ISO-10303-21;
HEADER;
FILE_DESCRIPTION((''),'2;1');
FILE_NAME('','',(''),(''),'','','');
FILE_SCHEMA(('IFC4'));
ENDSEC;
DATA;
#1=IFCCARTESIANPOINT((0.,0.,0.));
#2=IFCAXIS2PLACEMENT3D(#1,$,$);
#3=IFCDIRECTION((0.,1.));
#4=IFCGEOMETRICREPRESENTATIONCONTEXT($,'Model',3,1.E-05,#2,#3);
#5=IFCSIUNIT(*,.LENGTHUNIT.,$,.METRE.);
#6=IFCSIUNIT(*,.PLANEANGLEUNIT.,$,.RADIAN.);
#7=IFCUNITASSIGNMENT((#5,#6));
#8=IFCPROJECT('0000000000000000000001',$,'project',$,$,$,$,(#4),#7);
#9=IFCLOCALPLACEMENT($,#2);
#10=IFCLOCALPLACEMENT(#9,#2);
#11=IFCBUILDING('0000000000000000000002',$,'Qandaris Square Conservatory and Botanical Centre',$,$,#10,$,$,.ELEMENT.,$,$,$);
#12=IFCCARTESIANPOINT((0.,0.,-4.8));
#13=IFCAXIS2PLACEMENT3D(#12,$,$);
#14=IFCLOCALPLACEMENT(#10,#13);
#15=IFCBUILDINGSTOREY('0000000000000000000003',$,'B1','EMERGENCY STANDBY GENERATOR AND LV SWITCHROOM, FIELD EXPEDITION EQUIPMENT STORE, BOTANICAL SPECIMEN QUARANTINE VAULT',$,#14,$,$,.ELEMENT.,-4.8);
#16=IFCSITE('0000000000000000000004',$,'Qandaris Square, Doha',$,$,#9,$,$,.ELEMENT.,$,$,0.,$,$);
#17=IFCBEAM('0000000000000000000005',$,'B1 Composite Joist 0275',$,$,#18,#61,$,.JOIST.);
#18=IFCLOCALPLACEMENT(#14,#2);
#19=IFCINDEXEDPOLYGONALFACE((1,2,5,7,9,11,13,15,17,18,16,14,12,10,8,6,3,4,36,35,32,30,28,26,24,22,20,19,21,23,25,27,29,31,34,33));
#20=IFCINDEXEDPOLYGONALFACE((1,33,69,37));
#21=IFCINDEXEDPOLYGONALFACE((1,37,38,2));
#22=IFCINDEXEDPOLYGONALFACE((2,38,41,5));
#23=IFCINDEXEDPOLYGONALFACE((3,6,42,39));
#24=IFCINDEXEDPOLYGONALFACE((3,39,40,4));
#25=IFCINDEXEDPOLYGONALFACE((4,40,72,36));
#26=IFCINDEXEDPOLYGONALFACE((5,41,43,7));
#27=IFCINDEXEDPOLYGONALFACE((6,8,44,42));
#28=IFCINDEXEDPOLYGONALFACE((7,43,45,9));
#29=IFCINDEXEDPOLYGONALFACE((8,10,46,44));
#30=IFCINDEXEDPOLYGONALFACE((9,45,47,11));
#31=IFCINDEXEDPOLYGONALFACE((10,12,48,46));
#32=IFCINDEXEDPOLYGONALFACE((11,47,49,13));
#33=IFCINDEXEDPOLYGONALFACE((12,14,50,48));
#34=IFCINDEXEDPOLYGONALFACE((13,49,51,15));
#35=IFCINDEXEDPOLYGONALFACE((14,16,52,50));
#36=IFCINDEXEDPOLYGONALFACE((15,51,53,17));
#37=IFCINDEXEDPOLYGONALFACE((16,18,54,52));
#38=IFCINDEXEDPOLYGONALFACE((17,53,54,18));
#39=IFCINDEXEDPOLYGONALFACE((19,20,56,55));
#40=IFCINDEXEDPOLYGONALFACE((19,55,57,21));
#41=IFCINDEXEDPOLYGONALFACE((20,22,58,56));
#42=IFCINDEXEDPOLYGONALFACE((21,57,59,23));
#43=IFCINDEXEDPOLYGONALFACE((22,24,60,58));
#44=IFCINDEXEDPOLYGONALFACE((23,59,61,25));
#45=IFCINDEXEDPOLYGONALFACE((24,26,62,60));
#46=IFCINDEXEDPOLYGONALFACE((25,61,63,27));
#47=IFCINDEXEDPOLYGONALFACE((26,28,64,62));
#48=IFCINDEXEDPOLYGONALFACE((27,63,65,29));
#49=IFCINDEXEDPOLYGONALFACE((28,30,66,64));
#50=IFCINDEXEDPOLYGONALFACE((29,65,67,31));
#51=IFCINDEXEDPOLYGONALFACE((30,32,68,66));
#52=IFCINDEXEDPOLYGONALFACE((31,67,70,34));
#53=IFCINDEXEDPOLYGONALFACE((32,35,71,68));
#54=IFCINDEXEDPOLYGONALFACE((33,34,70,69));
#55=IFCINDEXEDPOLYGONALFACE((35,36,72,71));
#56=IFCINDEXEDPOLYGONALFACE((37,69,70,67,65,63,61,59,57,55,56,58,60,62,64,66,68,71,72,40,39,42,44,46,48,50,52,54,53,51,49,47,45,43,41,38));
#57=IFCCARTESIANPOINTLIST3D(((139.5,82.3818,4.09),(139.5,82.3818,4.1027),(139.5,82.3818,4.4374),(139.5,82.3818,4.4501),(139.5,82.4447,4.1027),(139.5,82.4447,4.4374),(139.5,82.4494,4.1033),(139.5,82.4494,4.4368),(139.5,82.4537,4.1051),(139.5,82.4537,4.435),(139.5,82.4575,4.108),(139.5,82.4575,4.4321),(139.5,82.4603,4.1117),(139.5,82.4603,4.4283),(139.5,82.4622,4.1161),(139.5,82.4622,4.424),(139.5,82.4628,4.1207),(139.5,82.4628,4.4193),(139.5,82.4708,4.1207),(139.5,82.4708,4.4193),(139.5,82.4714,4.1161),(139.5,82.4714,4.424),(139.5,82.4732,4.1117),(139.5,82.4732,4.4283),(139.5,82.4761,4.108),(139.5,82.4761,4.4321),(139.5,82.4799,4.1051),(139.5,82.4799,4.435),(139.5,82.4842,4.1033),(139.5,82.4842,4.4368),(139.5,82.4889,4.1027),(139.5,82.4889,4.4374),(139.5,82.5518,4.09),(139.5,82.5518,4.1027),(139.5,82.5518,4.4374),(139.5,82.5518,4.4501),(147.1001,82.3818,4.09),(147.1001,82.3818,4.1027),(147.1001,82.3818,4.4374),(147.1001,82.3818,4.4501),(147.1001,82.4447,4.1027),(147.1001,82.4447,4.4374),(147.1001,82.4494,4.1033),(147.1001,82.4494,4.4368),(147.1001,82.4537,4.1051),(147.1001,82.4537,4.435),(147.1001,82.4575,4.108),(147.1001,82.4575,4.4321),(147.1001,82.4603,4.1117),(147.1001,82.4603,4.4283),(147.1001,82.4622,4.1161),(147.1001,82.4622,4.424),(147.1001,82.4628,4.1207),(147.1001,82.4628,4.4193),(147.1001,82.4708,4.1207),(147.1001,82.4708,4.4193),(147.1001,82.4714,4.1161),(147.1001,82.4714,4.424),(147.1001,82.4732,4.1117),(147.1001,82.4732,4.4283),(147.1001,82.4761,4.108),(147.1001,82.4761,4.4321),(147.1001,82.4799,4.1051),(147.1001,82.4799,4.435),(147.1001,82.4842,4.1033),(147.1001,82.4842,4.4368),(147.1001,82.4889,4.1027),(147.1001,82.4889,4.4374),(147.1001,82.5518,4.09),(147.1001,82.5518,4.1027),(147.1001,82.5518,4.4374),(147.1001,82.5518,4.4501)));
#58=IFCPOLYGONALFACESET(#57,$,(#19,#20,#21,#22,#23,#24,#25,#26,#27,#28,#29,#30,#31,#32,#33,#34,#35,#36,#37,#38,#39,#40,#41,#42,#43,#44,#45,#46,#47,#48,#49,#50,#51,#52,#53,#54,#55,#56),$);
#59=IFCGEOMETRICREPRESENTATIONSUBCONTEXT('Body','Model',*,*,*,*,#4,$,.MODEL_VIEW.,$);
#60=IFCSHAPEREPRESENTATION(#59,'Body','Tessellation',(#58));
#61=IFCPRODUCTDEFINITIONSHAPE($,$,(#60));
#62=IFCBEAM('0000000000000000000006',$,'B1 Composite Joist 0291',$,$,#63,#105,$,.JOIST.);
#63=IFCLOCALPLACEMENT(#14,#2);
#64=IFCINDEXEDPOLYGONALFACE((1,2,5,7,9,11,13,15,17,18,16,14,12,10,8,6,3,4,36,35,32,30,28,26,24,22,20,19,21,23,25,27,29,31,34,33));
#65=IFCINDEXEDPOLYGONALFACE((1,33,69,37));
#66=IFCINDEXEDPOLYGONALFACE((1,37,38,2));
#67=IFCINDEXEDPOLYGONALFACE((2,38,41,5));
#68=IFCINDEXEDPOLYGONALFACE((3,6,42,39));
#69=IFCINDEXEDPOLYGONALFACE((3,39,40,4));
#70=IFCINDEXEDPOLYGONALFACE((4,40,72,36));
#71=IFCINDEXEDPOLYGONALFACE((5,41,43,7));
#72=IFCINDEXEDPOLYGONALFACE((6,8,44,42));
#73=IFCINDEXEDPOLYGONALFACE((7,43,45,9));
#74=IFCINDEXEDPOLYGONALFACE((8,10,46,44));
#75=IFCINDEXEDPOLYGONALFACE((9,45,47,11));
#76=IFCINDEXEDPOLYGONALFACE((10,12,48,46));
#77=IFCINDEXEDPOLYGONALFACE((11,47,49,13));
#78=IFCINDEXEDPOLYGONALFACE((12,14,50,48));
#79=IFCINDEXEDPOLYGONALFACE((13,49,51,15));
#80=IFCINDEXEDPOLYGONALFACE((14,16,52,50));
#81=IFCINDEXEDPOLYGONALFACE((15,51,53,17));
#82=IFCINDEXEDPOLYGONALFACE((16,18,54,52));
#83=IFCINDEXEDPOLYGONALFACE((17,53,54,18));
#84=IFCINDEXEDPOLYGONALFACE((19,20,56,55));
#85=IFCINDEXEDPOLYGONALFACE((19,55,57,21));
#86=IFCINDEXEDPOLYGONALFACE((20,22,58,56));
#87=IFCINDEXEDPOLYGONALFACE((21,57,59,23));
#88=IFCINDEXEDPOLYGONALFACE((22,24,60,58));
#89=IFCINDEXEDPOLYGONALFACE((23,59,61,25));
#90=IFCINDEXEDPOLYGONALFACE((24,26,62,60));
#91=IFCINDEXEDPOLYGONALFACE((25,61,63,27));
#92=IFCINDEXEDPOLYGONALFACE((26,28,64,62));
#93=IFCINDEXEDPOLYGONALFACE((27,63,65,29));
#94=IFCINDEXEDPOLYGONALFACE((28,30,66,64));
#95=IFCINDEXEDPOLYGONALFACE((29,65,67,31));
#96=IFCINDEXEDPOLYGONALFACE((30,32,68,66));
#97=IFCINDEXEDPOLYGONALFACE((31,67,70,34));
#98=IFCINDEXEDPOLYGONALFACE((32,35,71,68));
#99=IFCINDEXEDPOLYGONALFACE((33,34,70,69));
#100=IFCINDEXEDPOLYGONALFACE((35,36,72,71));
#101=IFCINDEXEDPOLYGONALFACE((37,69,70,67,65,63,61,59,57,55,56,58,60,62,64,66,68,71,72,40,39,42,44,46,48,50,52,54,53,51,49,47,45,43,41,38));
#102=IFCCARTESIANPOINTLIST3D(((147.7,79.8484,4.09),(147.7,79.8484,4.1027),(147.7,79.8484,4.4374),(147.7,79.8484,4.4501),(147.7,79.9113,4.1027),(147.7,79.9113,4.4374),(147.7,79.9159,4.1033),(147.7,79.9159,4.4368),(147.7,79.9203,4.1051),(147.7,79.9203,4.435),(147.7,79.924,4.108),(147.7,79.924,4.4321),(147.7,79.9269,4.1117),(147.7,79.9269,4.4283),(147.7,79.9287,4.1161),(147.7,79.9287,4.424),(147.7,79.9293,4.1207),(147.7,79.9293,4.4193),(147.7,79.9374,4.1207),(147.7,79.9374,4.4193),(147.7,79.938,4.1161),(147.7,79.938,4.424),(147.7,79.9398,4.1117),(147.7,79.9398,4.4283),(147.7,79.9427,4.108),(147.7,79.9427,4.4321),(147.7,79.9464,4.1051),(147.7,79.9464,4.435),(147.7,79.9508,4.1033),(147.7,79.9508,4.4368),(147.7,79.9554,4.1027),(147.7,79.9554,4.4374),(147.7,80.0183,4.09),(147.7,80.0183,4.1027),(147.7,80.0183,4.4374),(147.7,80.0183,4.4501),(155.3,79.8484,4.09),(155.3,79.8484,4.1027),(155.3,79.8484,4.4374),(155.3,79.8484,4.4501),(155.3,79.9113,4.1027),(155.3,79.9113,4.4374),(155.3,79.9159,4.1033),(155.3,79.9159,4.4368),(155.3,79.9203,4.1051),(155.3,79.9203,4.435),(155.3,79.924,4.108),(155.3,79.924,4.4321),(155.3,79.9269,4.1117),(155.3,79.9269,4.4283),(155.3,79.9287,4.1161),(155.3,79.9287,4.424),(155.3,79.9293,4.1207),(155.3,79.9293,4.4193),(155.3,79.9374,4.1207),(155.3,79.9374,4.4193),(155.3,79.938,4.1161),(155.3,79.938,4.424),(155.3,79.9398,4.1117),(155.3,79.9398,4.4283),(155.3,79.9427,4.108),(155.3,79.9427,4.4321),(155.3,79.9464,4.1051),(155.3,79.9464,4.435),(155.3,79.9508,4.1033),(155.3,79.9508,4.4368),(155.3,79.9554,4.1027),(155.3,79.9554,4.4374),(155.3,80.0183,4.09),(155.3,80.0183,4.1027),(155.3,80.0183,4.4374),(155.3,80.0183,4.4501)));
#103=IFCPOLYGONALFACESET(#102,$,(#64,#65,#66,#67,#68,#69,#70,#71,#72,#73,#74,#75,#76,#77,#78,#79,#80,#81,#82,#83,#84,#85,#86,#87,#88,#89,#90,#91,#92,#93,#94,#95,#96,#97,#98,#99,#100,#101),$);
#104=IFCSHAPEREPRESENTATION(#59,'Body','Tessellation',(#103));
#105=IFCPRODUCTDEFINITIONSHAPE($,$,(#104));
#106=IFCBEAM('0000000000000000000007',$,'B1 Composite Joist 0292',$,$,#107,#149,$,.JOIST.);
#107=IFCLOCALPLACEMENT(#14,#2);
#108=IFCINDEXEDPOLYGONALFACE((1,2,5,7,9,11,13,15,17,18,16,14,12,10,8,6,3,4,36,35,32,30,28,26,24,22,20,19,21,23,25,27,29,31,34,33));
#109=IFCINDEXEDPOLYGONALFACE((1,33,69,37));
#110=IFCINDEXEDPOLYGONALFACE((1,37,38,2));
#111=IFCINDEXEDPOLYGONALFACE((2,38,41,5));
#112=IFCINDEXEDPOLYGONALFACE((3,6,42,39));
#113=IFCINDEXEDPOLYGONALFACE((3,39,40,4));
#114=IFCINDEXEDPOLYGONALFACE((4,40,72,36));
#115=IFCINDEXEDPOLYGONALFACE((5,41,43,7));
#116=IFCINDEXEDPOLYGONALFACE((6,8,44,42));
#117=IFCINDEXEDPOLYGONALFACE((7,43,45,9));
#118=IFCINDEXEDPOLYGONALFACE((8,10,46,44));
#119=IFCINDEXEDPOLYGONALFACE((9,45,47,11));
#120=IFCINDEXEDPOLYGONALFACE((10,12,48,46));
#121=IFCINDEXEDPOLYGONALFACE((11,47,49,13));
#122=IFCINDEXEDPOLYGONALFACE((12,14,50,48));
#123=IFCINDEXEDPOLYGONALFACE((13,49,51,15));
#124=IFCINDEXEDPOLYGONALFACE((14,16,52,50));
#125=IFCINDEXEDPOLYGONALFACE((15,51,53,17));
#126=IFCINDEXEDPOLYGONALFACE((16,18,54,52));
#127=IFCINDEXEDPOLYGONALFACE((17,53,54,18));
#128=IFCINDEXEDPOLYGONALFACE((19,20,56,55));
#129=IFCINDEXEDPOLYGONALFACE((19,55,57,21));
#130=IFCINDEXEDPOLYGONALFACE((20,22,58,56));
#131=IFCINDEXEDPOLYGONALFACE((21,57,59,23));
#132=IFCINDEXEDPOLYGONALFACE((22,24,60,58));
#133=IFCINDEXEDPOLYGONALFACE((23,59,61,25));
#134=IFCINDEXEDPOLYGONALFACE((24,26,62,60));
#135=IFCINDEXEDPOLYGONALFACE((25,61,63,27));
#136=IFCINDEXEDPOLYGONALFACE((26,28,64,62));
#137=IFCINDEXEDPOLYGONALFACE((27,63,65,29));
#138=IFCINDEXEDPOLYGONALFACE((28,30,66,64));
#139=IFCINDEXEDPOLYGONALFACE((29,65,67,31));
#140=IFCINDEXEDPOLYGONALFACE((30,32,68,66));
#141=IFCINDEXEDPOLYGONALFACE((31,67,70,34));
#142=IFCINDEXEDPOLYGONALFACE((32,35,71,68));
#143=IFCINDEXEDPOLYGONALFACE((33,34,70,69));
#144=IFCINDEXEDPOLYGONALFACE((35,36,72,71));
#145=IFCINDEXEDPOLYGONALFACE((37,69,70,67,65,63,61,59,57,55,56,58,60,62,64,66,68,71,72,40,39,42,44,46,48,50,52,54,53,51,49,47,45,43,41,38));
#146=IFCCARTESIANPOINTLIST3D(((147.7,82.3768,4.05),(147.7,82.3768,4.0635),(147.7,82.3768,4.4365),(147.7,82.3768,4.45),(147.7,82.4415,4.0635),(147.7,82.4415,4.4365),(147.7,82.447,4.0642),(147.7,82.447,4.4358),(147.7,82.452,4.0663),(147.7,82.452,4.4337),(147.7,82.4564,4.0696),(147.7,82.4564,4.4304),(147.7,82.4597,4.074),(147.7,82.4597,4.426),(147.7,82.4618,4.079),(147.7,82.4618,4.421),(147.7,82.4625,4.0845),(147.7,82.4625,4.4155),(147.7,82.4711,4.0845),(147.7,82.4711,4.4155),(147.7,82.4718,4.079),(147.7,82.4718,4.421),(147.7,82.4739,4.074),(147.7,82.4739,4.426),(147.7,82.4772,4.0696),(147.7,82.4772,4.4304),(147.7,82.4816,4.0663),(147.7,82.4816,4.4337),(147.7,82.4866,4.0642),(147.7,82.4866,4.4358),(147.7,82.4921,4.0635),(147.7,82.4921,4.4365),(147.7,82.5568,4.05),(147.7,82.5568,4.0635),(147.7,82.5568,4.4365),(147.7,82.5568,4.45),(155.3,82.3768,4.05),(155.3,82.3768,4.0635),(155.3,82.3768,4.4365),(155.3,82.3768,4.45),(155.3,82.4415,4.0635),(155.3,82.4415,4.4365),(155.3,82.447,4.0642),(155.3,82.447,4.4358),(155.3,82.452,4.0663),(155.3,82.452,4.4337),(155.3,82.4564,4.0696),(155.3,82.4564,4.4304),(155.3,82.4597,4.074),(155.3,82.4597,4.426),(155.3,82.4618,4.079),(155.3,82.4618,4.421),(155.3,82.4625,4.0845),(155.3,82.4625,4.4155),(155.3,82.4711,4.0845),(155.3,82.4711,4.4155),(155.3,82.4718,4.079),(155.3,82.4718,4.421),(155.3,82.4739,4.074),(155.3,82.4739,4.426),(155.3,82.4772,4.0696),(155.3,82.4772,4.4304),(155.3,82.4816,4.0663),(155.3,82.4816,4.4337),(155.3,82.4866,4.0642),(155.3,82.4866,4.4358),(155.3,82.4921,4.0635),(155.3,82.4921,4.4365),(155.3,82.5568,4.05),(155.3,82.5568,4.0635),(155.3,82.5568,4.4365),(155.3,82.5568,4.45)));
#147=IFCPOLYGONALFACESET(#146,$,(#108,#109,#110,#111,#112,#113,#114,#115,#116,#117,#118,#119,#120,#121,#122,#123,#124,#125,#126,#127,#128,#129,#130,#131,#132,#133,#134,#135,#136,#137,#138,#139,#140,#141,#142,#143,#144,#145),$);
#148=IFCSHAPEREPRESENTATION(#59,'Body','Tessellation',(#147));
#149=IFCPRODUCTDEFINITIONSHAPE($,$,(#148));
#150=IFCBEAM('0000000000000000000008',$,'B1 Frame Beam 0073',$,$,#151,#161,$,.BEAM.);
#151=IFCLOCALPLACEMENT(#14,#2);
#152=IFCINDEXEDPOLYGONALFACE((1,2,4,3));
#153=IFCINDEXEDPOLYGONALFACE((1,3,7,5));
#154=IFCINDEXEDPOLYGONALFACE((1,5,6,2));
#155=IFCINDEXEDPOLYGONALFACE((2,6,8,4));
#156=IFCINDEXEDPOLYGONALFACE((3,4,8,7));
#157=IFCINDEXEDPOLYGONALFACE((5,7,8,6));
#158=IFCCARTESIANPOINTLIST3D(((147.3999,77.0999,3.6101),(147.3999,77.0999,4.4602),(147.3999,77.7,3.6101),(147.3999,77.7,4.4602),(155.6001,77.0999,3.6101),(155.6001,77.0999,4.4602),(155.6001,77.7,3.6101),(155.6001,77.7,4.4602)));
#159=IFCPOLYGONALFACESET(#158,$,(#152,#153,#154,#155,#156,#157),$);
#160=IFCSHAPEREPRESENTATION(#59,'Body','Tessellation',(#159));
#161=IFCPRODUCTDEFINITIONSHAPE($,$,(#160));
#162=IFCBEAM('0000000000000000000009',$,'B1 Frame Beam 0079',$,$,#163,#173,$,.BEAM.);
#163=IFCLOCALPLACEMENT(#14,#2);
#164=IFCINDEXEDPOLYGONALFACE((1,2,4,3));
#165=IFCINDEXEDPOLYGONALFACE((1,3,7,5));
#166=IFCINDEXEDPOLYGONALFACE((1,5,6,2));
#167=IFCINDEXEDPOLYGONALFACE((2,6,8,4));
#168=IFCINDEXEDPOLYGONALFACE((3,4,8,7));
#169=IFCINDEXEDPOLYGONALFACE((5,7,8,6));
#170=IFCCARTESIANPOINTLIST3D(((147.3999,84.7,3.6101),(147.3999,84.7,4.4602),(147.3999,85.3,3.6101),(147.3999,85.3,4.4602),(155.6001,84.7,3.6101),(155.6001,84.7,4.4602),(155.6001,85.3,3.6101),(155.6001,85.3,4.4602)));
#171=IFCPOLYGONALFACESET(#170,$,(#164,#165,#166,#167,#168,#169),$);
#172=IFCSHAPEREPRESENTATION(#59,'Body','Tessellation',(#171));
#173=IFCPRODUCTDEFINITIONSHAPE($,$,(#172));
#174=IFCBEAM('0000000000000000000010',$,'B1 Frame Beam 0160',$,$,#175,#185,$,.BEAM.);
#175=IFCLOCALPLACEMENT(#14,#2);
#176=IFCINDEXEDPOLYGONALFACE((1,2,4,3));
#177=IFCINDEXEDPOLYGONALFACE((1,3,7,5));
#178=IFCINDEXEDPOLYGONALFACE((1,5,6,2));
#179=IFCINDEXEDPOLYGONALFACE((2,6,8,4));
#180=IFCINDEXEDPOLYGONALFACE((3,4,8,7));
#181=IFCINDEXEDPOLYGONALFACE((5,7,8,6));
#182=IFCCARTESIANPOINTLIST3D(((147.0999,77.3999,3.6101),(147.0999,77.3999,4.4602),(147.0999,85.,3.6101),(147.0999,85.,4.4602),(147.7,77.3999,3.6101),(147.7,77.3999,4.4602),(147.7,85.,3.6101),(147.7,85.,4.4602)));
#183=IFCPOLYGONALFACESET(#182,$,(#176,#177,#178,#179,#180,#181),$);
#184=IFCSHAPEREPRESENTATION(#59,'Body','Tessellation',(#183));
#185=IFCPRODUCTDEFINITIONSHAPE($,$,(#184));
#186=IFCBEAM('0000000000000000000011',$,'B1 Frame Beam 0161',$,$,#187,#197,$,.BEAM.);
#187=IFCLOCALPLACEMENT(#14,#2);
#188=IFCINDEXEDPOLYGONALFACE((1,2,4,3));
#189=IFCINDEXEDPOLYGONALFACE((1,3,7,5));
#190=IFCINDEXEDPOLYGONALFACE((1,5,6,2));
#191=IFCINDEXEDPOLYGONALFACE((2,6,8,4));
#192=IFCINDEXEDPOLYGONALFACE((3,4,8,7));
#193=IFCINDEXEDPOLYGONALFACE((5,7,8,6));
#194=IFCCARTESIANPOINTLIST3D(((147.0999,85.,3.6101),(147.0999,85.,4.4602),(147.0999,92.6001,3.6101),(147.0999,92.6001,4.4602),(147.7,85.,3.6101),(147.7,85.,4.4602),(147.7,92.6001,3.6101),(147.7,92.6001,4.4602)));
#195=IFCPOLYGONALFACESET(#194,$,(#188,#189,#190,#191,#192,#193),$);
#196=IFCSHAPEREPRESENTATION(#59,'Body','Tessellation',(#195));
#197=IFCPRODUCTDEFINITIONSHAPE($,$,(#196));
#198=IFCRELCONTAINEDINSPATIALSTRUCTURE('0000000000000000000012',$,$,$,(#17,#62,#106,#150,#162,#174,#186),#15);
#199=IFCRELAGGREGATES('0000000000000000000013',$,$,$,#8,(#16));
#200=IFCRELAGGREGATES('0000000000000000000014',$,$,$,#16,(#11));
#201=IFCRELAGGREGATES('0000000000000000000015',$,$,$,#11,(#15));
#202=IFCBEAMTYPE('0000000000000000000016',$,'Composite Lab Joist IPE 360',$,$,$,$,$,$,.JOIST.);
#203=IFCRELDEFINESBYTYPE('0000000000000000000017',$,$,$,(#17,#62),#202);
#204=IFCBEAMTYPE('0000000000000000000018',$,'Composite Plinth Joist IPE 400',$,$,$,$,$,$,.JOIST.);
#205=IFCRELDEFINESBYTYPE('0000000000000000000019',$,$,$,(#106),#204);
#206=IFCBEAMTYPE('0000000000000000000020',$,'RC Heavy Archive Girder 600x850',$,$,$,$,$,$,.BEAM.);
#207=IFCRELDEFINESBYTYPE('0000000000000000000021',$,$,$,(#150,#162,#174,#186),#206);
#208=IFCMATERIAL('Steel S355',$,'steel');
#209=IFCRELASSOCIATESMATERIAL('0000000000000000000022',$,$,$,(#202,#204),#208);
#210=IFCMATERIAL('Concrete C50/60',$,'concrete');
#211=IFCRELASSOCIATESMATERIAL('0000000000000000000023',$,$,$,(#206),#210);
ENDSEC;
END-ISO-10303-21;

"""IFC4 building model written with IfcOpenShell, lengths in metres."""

from ifc_helpers import new_model, si_unit, direction, frame, origin, origin_2d, place, context, subcontext, project, spatial, rectangle, i_section, extrude, material, material_profile, profile_set, type_object, element, save


model = new_model("IFC4")

# Units and contexts
model_context = context("Model", 3, precision=1e-05, world=origin(), true_north=direction((0.0, 1.0)))
body_context = subcontext(model_context, "Body", "Model", "MODEL_VIEW")
ifc_project = project(units=[si_unit("LENGTHUNIT", "METRE"), si_unit("PLANEANGLEUNIT", "RADIAN")], contexts=[model_context])

# Site, building, storey
site_placement = place(None, origin())
site = spatial("IfcSite", under=ifc_project, at=site_placement, Name="Qandaris Square, Doha", CompositionType="ELEMENT", RefElevation=0.0)
building_placement = place(site_placement, origin())
building = spatial("IfcBuilding", under=site, at=building_placement, Name="Qandaris Square Conservatory and Botanical Centre", CompositionType="ELEMENT")
storey_placement = place(building_placement, frame((0.0, 0.0, -4.8)))
storey = spatial("IfcBuildingStorey", under=building, at=storey_placement, Name="B1", Description="EMERGENCY STANDBY GENERATOR AND LV SWITCHROOM, FIELD EXPEDITION EQUIPMENT STORE, BOTANICAL SPECIMEN QUARANTINE VAULT", CompositionType="ELEMENT", Elevation=-4.8)

# Shared definitions
ifc_material_1 = material(Name="Concrete C50/60", Category="concrete")

# Beams
ifc_material_2 = material(Name="Steel S355", Category="steel")
ifc_material_profile_1 = material_profile(ifc_material_2, i_section(OverallWidth=0.1699, OverallDepth=0.3601, WebThickness=0.0081, FlangeThickness=0.0127, FilletRadius=0.0181, at=origin_2d()), Name="IPE 360")
ifc_profile_set_1 = profile_set([ifc_material_profile_1], Name="Steel S355")
beam_type_1 = type_object("IfcBeamType", Name="Composite Lab Joist IPE 360", PredefinedType="JOIST", material=ifc_profile_set_1)
for number, where, z_axis, x_axis, name in (
    (1, (139.5, 82.4668, 4.27), (1.0, 0.0, 0.0), (0.0, 1.0, 0.0), "B1 Composite Joist 0275"),
    (2, (147.7, 79.9333, 4.27), (1.0, 0.0, 0.0), (0.0, 1.0, 0.0), "B1 Composite Joist 0291"),
):
    element("IfcBeam", number, at=place(storey_placement, frame(where, z_axis=z_axis, x_axis=x_axis)), inside=storey, type_object=beam_type_1, Name=name, PredefinedType="JOIST", context=body_context, shape_type="SweptSolid", body=[
        extrude(i_section(OverallWidth=0.1699, OverallDepth=0.3601, WebThickness=0.0081, FlangeThickness=0.0127, FilletRadius=0.0181, at=origin_2d()), origin(), (0.0, 0.0, 1.0), 7.6001),
    ])
ifc_material_profile_2 = material_profile(ifc_material_2, i_section(OverallWidth=0.1799, OverallDepth=0.3999, WebThickness=0.0085, FlangeThickness=0.0134, FilletRadius=0.021, at=origin_2d()), Name="IPE 400")
ifc_profile_set_2 = profile_set([ifc_material_profile_2], Name="Steel S355")
beam_type_2 = type_object("IfcBeamType", Name="Composite Plinth Joist IPE 400", PredefinedType="JOIST", material=ifc_profile_set_2)
beam_placement = place(storey_placement, frame((147.7, 82.4668, 4.25), z_axis=(1.0, 0.0, 0.0), x_axis=(0.0, 1.0, 0.0)))
element("IfcBeam", 3, at=beam_placement, inside=storey, type_object=beam_type_2, Name="B1 Composite Joist 0292", PredefinedType="JOIST", context=body_context, shape_type="SweptSolid", body=[
    extrude(i_section(OverallWidth=0.1799, OverallDepth=0.3999, WebThickness=0.0085, FlangeThickness=0.0134, FilletRadius=0.021, at=origin_2d()), origin(), (0.0, 0.0, 1.0), 7.6001),
])
ifc_material_profile_3 = material_profile(ifc_material_1, rectangle(XDim=0.6001, YDim=0.8501, at=origin_2d()), Name="RC-BM 600x850")
ifc_profile_set_3 = profile_set([ifc_material_profile_3], Name="Concrete C50/60")
beam_type_3 = type_object("IfcBeamType", Name="RC Heavy Archive Girder 600x850", PredefinedType="BEAM", material=ifc_profile_set_3)
for number, where, z_axis, x_axis, name in (
    (4, (147.3999, 77.3999, 4.0352), (1.0, 0.0, 0.0), (0.0, 1.0, 0.0), "B1 Frame Beam 0073"),
    (5, (147.3999, 85.0, 4.0352), (1.0, 0.0, 0.0), (0.0, 1.0, 0.0), "B1 Frame Beam 0079"),
):
    element("IfcBeam", number, at=place(storey_placement, frame(where, z_axis=z_axis, x_axis=x_axis)), inside=storey, type_object=beam_type_3, Name=name, PredefinedType="BEAM", context=body_context, shape_type="SweptSolid", body=[
        extrude(rectangle(XDim=0.6001, YDim=0.8501, at=origin_2d()), origin(), (0.0, 0.0, 1.0), 8.2002),
    ])
for number, where, z_axis, x_axis, name in (
    (6, (147.3999, 77.3999, 4.0352), (0.0, 1.0, 0.0), (-1.0, 0.0, 0.0), "B1 Frame Beam 0160"),
    (7, (147.3999, 85.0, 4.0352), (0.0, 1.0, 0.0), (-1.0, 0.0, 0.0), "B1 Frame Beam 0161"),
):
    element("IfcBeam", number, at=place(storey_placement, frame(where, z_axis=z_axis, x_axis=x_axis)), inside=storey, type_object=beam_type_3, Name=name, PredefinedType="BEAM", context=body_context, shape_type="SweptSolid", body=[
        extrude(rectangle(XDim=0.6001, YDim=0.8501, at=origin_2d()), origin(), (0.0, 0.0, 1.0), 7.6001),
    ])

save(model, "model.ifc")
